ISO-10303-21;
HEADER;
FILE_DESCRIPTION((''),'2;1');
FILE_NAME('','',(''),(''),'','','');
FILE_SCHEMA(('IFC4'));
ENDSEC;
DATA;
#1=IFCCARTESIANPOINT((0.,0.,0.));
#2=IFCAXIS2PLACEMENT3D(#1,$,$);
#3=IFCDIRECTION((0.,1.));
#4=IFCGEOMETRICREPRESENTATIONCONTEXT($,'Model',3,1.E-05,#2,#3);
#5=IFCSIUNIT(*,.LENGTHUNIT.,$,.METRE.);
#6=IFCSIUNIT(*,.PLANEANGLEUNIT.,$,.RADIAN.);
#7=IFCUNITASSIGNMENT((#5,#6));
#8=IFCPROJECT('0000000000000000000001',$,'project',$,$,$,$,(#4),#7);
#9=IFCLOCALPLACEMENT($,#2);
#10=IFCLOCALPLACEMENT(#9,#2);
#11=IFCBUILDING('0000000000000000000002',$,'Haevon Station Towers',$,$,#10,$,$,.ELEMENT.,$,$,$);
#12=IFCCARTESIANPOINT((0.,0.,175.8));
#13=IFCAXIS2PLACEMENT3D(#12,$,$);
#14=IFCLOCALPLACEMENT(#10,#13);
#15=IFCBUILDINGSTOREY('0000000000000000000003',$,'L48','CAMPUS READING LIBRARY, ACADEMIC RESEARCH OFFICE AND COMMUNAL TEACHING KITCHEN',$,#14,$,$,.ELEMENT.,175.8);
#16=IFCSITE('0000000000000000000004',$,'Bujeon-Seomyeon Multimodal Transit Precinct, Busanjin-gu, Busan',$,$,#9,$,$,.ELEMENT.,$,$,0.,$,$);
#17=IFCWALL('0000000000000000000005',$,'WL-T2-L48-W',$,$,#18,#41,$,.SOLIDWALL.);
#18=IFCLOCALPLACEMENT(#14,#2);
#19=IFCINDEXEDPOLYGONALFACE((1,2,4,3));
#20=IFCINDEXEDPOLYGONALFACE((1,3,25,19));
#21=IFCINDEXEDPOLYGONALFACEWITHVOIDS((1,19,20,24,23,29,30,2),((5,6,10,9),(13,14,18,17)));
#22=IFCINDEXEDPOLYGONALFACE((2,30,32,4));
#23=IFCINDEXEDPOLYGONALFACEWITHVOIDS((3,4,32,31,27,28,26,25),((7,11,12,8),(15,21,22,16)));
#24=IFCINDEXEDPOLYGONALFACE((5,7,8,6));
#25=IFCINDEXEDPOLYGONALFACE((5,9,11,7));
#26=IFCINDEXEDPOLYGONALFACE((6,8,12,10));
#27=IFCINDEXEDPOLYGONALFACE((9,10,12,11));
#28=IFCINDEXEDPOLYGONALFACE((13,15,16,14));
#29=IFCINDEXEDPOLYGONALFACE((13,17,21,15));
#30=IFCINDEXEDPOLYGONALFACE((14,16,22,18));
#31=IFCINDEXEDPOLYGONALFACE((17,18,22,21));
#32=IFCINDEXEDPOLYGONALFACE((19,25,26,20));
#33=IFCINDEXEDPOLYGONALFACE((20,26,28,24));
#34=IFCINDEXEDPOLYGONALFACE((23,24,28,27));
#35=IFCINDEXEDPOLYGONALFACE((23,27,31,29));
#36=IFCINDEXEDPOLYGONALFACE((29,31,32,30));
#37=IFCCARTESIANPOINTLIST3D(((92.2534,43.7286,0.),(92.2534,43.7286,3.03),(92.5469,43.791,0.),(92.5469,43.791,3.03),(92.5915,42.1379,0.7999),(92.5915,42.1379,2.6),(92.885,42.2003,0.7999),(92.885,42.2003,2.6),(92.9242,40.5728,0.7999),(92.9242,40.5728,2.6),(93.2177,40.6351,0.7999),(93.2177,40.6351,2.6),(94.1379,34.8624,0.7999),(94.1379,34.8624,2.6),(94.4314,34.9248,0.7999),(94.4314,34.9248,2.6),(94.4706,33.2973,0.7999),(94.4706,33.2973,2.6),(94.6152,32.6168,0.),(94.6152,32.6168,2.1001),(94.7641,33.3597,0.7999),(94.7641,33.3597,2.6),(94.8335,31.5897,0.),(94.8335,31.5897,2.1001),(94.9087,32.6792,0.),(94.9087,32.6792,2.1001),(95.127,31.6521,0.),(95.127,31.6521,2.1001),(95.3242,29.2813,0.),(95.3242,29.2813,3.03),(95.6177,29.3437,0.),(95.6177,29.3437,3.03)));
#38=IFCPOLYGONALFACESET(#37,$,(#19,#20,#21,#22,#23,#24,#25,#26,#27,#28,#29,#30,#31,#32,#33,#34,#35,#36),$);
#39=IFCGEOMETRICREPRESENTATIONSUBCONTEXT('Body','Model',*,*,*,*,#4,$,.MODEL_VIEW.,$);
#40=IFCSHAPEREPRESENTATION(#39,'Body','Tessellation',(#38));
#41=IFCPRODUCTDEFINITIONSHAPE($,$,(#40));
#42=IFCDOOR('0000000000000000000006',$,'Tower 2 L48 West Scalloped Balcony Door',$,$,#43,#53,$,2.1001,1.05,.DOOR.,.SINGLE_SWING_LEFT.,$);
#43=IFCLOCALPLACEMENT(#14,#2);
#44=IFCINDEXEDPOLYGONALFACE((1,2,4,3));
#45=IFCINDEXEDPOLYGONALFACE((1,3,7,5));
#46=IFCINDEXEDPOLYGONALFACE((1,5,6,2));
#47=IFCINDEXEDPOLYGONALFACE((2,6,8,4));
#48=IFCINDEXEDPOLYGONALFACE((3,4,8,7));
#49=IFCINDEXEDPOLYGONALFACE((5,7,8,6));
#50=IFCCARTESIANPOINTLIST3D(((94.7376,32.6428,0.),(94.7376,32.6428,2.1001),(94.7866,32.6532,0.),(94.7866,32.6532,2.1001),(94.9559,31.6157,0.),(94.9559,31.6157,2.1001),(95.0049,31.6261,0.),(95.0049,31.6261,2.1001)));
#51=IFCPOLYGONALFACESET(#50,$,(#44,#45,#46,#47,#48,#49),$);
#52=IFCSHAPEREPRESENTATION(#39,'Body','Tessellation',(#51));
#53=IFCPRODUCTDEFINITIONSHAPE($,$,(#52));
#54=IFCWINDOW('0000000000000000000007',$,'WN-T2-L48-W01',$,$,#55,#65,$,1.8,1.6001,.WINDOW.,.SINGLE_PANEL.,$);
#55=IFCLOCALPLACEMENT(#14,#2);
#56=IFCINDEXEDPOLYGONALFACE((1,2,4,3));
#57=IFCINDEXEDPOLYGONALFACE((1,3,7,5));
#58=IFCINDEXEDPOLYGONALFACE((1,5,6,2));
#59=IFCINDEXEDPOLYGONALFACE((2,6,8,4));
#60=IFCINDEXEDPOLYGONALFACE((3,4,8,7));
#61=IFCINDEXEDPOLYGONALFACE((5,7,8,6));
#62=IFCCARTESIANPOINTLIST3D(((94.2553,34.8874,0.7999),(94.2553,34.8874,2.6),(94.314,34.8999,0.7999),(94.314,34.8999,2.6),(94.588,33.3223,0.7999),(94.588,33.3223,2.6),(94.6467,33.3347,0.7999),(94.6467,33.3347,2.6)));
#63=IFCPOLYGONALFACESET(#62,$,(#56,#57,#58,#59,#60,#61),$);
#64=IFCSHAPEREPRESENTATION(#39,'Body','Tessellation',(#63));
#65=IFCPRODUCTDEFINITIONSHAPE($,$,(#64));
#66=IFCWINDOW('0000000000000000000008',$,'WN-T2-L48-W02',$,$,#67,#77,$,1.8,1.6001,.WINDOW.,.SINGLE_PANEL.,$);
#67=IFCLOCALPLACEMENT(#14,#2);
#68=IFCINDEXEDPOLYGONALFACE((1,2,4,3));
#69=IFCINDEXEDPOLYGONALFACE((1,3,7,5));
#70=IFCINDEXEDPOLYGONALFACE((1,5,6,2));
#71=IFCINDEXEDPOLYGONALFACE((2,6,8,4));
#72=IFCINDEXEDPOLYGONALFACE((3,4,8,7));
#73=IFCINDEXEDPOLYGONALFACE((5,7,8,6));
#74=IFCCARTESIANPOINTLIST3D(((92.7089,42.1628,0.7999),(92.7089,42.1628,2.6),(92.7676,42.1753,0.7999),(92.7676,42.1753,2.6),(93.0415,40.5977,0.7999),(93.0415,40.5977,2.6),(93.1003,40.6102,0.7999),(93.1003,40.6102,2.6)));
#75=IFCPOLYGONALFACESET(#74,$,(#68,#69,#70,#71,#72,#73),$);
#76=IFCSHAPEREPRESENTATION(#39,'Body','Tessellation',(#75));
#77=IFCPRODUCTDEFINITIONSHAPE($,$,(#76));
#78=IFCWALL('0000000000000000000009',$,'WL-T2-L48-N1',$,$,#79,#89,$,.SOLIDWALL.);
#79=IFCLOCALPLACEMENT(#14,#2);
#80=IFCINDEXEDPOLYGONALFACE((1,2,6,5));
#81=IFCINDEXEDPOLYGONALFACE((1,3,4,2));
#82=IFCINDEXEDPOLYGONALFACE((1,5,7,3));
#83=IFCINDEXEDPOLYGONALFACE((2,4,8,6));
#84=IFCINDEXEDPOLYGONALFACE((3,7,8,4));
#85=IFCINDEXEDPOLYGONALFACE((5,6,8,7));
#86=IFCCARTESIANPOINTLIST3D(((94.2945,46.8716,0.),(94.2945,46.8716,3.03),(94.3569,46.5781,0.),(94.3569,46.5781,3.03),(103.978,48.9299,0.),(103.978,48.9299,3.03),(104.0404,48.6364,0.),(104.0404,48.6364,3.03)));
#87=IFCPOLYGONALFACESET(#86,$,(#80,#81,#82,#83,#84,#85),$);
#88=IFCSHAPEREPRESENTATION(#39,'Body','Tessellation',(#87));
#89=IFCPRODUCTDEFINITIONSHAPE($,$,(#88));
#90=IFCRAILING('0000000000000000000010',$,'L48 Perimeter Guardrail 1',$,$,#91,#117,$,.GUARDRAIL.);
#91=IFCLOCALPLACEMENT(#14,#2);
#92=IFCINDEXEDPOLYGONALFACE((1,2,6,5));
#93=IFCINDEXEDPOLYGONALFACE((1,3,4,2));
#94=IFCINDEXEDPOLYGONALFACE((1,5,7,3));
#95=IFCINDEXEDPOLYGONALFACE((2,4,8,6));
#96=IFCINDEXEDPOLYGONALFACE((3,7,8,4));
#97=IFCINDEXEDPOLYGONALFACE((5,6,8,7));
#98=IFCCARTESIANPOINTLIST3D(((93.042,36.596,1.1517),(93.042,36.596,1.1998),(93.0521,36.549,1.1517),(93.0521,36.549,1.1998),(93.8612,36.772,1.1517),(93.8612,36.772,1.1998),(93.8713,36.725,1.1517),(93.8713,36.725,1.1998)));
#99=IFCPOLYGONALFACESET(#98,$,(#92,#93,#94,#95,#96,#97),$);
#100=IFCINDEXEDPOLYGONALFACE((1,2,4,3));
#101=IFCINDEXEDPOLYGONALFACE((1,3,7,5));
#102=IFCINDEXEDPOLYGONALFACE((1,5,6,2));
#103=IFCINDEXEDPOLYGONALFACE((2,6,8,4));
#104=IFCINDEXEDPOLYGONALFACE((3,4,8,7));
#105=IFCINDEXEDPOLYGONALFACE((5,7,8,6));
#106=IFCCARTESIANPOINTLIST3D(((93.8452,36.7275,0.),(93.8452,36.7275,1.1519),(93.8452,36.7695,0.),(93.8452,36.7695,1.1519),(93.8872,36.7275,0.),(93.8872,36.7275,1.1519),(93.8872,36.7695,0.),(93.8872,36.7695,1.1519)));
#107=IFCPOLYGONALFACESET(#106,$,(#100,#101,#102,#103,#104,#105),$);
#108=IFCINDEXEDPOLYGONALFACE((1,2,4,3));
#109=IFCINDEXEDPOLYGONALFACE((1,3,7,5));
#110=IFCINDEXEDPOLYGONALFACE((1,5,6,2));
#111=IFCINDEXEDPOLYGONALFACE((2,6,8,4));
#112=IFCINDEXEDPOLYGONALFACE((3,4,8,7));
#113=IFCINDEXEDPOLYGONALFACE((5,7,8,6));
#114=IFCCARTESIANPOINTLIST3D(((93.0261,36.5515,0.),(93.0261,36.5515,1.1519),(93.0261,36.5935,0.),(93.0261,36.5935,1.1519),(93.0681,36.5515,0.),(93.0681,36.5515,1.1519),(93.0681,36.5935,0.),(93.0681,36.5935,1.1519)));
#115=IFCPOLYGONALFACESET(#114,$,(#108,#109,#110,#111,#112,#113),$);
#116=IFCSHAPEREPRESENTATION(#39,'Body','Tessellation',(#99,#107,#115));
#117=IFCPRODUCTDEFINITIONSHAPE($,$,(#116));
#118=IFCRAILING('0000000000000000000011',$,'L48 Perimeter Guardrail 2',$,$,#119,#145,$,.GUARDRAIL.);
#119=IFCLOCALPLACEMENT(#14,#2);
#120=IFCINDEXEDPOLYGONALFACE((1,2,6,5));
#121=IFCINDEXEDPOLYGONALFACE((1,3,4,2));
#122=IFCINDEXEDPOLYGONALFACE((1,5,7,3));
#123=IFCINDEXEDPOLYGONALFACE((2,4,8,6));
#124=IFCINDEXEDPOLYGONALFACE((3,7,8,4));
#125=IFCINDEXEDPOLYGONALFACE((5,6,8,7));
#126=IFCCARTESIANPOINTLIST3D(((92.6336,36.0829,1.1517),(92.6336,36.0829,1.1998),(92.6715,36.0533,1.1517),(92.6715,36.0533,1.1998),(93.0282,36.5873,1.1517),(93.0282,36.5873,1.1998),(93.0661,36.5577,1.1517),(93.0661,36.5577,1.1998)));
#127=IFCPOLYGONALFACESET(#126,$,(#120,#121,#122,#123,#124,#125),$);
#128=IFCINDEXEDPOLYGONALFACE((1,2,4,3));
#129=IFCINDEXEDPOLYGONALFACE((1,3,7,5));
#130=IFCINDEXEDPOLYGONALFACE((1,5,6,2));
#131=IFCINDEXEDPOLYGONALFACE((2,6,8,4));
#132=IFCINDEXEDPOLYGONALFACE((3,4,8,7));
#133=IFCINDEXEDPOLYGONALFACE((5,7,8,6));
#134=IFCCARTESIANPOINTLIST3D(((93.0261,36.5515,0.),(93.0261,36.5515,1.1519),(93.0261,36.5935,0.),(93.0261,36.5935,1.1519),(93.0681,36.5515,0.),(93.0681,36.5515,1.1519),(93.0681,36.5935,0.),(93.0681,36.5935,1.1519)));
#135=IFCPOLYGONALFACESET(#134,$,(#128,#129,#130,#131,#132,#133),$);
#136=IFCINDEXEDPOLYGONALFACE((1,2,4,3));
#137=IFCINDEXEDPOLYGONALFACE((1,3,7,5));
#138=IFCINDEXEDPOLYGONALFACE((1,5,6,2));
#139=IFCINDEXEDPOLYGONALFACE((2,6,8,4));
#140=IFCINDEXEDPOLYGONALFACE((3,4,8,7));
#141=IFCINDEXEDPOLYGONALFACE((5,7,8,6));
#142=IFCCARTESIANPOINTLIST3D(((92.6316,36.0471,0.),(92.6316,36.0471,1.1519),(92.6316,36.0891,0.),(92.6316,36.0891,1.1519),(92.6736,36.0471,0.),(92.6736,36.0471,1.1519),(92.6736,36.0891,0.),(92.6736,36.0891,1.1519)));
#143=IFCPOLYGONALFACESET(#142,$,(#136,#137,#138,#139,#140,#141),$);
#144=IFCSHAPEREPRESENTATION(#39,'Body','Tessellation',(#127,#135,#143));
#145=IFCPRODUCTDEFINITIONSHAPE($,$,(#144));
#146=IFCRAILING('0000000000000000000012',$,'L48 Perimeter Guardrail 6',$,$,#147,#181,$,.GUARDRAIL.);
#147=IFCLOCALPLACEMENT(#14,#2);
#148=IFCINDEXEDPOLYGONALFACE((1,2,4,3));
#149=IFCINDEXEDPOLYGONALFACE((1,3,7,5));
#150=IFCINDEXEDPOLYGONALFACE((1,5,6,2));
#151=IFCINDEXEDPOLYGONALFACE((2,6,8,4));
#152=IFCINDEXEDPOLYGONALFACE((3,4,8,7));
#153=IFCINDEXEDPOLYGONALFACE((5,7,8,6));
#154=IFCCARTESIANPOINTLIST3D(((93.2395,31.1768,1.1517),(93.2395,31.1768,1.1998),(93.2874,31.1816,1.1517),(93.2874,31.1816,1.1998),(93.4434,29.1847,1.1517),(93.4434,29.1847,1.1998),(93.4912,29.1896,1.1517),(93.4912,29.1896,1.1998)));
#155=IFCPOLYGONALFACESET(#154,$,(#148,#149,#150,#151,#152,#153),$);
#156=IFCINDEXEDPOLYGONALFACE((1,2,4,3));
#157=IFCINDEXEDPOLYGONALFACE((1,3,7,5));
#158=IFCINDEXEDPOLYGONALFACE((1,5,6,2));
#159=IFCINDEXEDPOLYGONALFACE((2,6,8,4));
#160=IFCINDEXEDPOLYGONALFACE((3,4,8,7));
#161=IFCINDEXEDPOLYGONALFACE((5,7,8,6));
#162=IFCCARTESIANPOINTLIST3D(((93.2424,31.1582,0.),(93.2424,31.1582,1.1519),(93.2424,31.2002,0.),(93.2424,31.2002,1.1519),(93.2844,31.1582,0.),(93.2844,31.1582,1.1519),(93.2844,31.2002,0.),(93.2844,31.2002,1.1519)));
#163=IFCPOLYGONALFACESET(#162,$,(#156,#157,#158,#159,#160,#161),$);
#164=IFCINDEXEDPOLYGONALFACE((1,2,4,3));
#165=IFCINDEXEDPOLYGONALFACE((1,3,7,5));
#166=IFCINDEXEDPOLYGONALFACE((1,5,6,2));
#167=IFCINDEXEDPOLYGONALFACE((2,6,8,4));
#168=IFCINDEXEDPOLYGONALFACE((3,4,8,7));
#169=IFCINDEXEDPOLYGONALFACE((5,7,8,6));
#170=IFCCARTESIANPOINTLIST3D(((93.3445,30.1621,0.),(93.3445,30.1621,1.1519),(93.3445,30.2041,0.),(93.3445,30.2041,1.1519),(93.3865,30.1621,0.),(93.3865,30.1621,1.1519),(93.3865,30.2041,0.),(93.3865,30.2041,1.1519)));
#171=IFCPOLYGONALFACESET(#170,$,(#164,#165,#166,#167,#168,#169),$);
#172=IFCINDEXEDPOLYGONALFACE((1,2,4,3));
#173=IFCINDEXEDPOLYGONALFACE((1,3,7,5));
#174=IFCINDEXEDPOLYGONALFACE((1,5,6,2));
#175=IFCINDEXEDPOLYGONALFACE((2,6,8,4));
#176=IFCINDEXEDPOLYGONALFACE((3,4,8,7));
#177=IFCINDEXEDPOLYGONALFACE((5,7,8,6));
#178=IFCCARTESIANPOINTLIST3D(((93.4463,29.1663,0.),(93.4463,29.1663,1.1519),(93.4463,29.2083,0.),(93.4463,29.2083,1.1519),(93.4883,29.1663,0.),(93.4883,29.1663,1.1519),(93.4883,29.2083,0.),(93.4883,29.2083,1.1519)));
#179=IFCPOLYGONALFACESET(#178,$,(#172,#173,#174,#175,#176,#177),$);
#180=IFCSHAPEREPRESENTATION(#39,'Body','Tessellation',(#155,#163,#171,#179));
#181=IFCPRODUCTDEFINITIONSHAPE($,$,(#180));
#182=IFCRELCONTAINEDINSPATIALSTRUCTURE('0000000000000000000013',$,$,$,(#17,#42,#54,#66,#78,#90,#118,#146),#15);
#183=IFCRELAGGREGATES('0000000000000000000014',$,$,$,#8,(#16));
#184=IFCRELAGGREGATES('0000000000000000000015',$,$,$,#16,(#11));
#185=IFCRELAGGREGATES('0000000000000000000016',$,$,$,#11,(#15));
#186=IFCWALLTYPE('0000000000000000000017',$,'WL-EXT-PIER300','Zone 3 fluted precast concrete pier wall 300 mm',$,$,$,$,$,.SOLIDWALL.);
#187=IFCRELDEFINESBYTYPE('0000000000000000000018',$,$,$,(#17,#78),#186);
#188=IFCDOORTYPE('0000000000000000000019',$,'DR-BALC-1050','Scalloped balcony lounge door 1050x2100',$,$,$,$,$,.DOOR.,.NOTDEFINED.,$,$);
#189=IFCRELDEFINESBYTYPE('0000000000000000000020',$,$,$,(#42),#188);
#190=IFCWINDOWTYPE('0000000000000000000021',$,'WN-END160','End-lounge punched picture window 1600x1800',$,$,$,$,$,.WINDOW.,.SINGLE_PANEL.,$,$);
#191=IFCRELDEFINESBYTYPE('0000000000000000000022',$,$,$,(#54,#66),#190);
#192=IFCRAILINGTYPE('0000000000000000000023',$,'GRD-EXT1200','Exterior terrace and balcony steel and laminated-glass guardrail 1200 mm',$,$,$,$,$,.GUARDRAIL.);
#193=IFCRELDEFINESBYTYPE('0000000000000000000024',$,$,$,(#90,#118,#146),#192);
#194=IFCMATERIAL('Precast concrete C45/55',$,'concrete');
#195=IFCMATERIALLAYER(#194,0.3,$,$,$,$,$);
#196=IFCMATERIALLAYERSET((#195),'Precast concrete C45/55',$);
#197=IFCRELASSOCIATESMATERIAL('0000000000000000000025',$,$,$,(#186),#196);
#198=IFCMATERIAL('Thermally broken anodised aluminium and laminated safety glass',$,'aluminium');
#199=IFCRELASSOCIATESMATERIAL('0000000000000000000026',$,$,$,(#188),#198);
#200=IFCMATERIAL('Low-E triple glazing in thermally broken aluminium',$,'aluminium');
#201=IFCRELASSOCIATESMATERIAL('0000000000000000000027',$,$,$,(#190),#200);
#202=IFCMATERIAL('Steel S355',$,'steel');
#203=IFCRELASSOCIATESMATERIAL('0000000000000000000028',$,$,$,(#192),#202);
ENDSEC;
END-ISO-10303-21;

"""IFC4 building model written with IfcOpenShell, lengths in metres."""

from ifc_helpers import new_model, si_unit, direction, frame, frame_2d, origin, origin_2d, place, context, subcontext, project, spatial, rectangle, extrude, material, layer, layer_set, type_object, element, fill, save


model = new_model("IFC4")

# Units and contexts
model_context = context("Model", 3, precision=1e-05, world=origin(), true_north=direction((0.0, 1.0)))
body_context = subcontext(model_context, "Body", "Model", "MODEL_VIEW")
ifc_project = project(units=[si_unit("LENGTHUNIT", "METRE"), si_unit("PLANEANGLEUNIT", "RADIAN")], contexts=[model_context])

# Site, building, storey
site_placement = place(None, origin())
site = spatial("IfcSite", under=ifc_project, at=site_placement, Name="Bujeon-Seomyeon Multimodal Transit Precinct, Busanjin-gu, Busan", CompositionType="ELEMENT", RefElevation=0.0)
building_placement = place(site_placement, origin())
building = spatial("IfcBuilding", under=site, at=building_placement, Name="Haevon Station Towers", CompositionType="ELEMENT")
storey_placement = place(building_placement, frame((0.0, 0.0, 175.8)))
storey = spatial("IfcBuildingStorey", under=building, at=storey_placement, Name="L48", Description="CAMPUS READING LIBRARY, ACADEMIC RESEARCH OFFICE AND COMMUNAL TEACHING KITCHEN", CompositionType="ELEMENT", Elevation=175.8)

# Shared definitions
ifc_material_1 = material(Name="Steel S355", Category="steel")

# Wall, openings, door, windows
ifc_material_2 = material(Name="Precast concrete C45/55", Category="concrete")
ifc_layer_1 = layer(ifc_material_2, 0.3)
ifc_layer_set_1 = layer_set([ifc_layer_1], Name="Precast concrete C45/55")
wall_type_1 = type_object("IfcWallType", Name="WL-EXT-PIER300", Description="Zone 3 fluted precast concrete pier wall 300 mm", PredefinedType="SOLIDWALL", material=ifc_layer_set_1)
wall_1_placement = place(storey_placement, frame((95.4709, 29.3125, 0.0), z_axis=(0.0, 0.0, 1.0), x_axis=(-0.207908, 0.978148, 0.0)))
wall_1 = element("IfcWall", 1, at=wall_1_placement, inside=storey, type_object=wall_type_1, Name="WL-T2-L48-W", PredefinedType="SOLIDWALL", context=body_context, shape_type="SweptSolid", body=[
    extrude(rectangle(XDim=14.77, YDim=0.3, at=frame_2d((7.385, 0.0))), origin(), (0.0, 0.0, 1.0), 3.03),
])
opening_1_placement = place(wall_1_placement, frame((2.3601, 0.0, 0.0)))
opening_1 = element("IfcOpeningElement", 2, at=opening_1_placement, cuts=wall_1, PredefinedType="OPENING", context=body_context, shape_type="SweptSolid", body=[
    extrude(rectangle(XDim=1.05, YDim=2.1001, at=frame_2d((0.5249, 1.05))), frame((0.0, 0.1599, 0.0), z_axis=(0.0, -1.0, 0.0), x_axis=(1.0, 0.0, 0.0)), (0.0, 0.0, 1.0), 0.3201),
])
opening_2_placement = place(wall_1_placement, frame((4.1057, 0.0, 0.8)))
opening_2 = element("IfcOpeningElement", 3, at=opening_2_placement, cuts=wall_1, PredefinedType="OPENING", context=body_context, shape_type="SweptSolid", body=[
    extrude(rectangle(XDim=1.6001, YDim=1.8, at=frame_2d((0.8, 0.8999))), frame((0.0, 0.1599, 0.0), z_axis=(0.0, -1.0, 0.0), x_axis=(1.0, 0.0, 0.0)), (0.0, 0.0, 1.0), 0.3201),
])
opening_3_placement = place(wall_1_placement, frame((11.5437, 0.0, 0.8)))
opening_3 = element("IfcOpeningElement", 4, at=opening_3_placement, cuts=wall_1, PredefinedType="OPENING", context=body_context, shape_type="SweptSolid", body=[
    extrude(rectangle(XDim=1.6001, YDim=1.8, at=frame_2d((0.8, 0.8999))), frame((0.0, 0.1599, 0.0), z_axis=(0.0, -1.0, 0.0), x_axis=(1.0, 0.0, 0.0)), (0.0, 0.0, 1.0), 0.3201),
])
ifc_material_3 = material(Name="Thermally broken anodised aluminium and laminated safety glass", Category="aluminium")
door_type = type_object("IfcDoorType", Name="DR-BALC-1050", Description="Scalloped balcony lounge door 1050x2100", OperationType="NOTDEFINED", PredefinedType="DOOR", material=ifc_material_3)
door_placement = place(opening_1_placement, origin())
door = element("IfcDoor", 5, at=door_placement, inside=storey, type_object=door_type, Name="Tower 2 L48 West Scalloped Balcony Door", OperationType="SINGLE_SWING_LEFT", OverallHeight=2.1001, OverallWidth=1.05, PredefinedType="DOOR", context=body_context, shape_type="SweptSolid", body=[
    extrude(rectangle(XDim=1.05, YDim=2.1001, at=frame_2d((0.5249, 1.05))), frame((0.0, 0.0249, 0.0), z_axis=(0.0, -1.0, 0.0), x_axis=(1.0, 0.0, 0.0)), (0.0, 0.0, 1.0), 0.05),
])
fill(opening_1, door)
ifc_material_4 = material(Name="Low-E triple glazing in thermally broken aluminium", Category="aluminium")
window_type = type_object("IfcWindowType", Name="WN-END160", Description="End-lounge punched picture window 1600x1800", PartitioningType="SINGLE_PANEL", PredefinedType="WINDOW", material=ifc_material_4)
window_1_placement = place(opening_2_placement, origin())
window_1 = element("IfcWindow", 6, at=window_1_placement, inside=storey, type_object=window_type, Name="WN-T2-L48-W01", OverallHeight=1.8, OverallWidth=1.6001, PartitioningType="SINGLE_PANEL", PredefinedType="WINDOW", context=body_context, shape_type="SweptSolid", body=[
    extrude(rectangle(XDim=1.6001, YDim=1.8, at=frame_2d((0.8, 0.8999))), frame((0.0, 0.03, 0.0), z_axis=(0.0, -1.0, 0.0), x_axis=(1.0, 0.0, 0.0)), (0.0, 0.0, 1.0), 0.0601),
])
fill(opening_2, window_1)
window_2_placement = place(opening_3_placement, origin())
window_2 = element("IfcWindow", 7, at=window_2_placement, inside=storey, type_object=window_type, Name="WN-T2-L48-W02", OverallHeight=1.8, OverallWidth=1.6001, PartitioningType="SINGLE_PANEL", PredefinedType="WINDOW", context=body_context, shape_type="SweptSolid", body=[
    extrude(rectangle(XDim=1.6001, YDim=1.8, at=frame_2d((0.8, 0.8999))), frame((0.0, 0.03, 0.0), z_axis=(0.0, -1.0, 0.0), x_axis=(1.0, 0.0, 0.0)), (0.0, 0.0, 1.0), 0.0601),
])
fill(opening_3, window_2)

# Wall
wall_2_placement = place(storey_placement, frame((94.3257, 46.7249, 0.0), z_axis=(0.0, 0.0, 1.0), x_axis=(0.978147, 0.207915, 0.0)))
element("IfcWall", 8, at=wall_2_placement, inside=storey, type_object=wall_type_1, Name="WL-T2-L48-N1", PredefinedType="SOLIDWALL", context=body_context, shape_type="SweptSolid", body=[
    extrude(rectangle(XDim=9.8999, YDim=0.3, at=frame_2d((4.95, 0.0))), origin(), (0.0, 0.0, 1.0), 3.03),
])

# Railings
railing_type = type_object("IfcRailingType", Name="GRD-EXT1200", Description="Exterior terrace and balcony steel and laminated-glass guardrail 1200 mm", PredefinedType="GUARDRAIL", material=ifc_material_1)
railing_1_placement = place(storey_placement, frame((93.8662, 36.7485, 0.0)))
element("IfcRailing", 9, at=railing_1_placement, inside=storey, type_object=railing_type, Name="L48 Perimeter Guardrail 1", PredefinedType="GUARDRAIL", context=body_context, shape_type="SweptSolid", body=[
    extrude(rectangle(XDim=0.0481, YDim=0.0481, at=origin_2d()), frame((0.0, 0.0, 1.1758), z_axis=(-0.977679, -0.210106, 0.0), x_axis=(0.210106, -0.977679, 0.0)), (0.0, 0.0, 1.0), 0.8379),
    extrude(rectangle(XDim=0.042, YDim=0.042, at=origin_2d()), origin(), (0.0, 0.0, 1.0), 1.1519),
    extrude(rectangle(XDim=0.042, YDim=0.042, at=origin_2d()), frame((-0.8191, -0.176, 0.0)), (0.0, 0.0, 1.0), 1.1519),
])
railing_2_placement = place(storey_placement, frame((93.0471, 36.5725, 0.0)))
element("IfcRailing", 10, at=railing_2_placement, inside=storey, type_object=railing_type, Name="L48 Perimeter Guardrail 2", PredefinedType="GUARDRAIL", context=body_context, shape_type="SweptSolid", body=[
    extrude(rectangle(XDim=0.0481, YDim=0.0481, at=origin_2d()), frame((0.0, 0.0, 1.1758), z_axis=(-0.616103, -0.787666, 0.0), x_axis=(0.787666, -0.616103, 0.0)), (0.0, 0.0, 1.0), 0.6404),
    extrude(rectangle(XDim=0.042, YDim=0.042, at=origin_2d()), origin(), (0.0, 0.0, 1.0), 1.1519),
    extrude(rectangle(XDim=0.042, YDim=0.042, at=origin_2d()), frame((-0.3945, -0.5044, 0.0)), (0.0, 0.0, 1.0), 1.1519),
])
railing_3_placement = place(storey_placement, frame((93.2634, 31.1792, 0.0)))
element("IfcRailing", 11, at=railing_3_placement, inside=storey, type_object=railing_type, Name="L48 Perimeter Guardrail 6", PredefinedType="GUARDRAIL", context=body_context, shape_type="SweptSolid", body=[
    extrude(rectangle(XDim=0.0481, YDim=0.0481, at=origin_2d()), frame((0.0, 0.0, 1.1758), z_axis=(0.101809, -0.994804, 0.0), x_axis=(0.994804, 0.101809, 0.0)), (0.0, 0.0, 1.0), 2.0024),
    extrude(rectangle(XDim=0.042, YDim=0.042, at=origin_2d()), origin(), (0.0, 0.0, 1.0), 1.1519),
    extrude(rectangle(XDim=0.042, YDim=0.042, at=origin_2d()), frame((0.1021, -0.9961, 0.0)), (0.0, 0.0, 1.0), 1.1519),
    extrude(rectangle(XDim=0.042, YDim=0.042, at=origin_2d()), frame((0.2039, -1.9919, 0.0)), (0.0, 0.0, 1.0), 1.1519),
])

save(model, "model.ifc")
